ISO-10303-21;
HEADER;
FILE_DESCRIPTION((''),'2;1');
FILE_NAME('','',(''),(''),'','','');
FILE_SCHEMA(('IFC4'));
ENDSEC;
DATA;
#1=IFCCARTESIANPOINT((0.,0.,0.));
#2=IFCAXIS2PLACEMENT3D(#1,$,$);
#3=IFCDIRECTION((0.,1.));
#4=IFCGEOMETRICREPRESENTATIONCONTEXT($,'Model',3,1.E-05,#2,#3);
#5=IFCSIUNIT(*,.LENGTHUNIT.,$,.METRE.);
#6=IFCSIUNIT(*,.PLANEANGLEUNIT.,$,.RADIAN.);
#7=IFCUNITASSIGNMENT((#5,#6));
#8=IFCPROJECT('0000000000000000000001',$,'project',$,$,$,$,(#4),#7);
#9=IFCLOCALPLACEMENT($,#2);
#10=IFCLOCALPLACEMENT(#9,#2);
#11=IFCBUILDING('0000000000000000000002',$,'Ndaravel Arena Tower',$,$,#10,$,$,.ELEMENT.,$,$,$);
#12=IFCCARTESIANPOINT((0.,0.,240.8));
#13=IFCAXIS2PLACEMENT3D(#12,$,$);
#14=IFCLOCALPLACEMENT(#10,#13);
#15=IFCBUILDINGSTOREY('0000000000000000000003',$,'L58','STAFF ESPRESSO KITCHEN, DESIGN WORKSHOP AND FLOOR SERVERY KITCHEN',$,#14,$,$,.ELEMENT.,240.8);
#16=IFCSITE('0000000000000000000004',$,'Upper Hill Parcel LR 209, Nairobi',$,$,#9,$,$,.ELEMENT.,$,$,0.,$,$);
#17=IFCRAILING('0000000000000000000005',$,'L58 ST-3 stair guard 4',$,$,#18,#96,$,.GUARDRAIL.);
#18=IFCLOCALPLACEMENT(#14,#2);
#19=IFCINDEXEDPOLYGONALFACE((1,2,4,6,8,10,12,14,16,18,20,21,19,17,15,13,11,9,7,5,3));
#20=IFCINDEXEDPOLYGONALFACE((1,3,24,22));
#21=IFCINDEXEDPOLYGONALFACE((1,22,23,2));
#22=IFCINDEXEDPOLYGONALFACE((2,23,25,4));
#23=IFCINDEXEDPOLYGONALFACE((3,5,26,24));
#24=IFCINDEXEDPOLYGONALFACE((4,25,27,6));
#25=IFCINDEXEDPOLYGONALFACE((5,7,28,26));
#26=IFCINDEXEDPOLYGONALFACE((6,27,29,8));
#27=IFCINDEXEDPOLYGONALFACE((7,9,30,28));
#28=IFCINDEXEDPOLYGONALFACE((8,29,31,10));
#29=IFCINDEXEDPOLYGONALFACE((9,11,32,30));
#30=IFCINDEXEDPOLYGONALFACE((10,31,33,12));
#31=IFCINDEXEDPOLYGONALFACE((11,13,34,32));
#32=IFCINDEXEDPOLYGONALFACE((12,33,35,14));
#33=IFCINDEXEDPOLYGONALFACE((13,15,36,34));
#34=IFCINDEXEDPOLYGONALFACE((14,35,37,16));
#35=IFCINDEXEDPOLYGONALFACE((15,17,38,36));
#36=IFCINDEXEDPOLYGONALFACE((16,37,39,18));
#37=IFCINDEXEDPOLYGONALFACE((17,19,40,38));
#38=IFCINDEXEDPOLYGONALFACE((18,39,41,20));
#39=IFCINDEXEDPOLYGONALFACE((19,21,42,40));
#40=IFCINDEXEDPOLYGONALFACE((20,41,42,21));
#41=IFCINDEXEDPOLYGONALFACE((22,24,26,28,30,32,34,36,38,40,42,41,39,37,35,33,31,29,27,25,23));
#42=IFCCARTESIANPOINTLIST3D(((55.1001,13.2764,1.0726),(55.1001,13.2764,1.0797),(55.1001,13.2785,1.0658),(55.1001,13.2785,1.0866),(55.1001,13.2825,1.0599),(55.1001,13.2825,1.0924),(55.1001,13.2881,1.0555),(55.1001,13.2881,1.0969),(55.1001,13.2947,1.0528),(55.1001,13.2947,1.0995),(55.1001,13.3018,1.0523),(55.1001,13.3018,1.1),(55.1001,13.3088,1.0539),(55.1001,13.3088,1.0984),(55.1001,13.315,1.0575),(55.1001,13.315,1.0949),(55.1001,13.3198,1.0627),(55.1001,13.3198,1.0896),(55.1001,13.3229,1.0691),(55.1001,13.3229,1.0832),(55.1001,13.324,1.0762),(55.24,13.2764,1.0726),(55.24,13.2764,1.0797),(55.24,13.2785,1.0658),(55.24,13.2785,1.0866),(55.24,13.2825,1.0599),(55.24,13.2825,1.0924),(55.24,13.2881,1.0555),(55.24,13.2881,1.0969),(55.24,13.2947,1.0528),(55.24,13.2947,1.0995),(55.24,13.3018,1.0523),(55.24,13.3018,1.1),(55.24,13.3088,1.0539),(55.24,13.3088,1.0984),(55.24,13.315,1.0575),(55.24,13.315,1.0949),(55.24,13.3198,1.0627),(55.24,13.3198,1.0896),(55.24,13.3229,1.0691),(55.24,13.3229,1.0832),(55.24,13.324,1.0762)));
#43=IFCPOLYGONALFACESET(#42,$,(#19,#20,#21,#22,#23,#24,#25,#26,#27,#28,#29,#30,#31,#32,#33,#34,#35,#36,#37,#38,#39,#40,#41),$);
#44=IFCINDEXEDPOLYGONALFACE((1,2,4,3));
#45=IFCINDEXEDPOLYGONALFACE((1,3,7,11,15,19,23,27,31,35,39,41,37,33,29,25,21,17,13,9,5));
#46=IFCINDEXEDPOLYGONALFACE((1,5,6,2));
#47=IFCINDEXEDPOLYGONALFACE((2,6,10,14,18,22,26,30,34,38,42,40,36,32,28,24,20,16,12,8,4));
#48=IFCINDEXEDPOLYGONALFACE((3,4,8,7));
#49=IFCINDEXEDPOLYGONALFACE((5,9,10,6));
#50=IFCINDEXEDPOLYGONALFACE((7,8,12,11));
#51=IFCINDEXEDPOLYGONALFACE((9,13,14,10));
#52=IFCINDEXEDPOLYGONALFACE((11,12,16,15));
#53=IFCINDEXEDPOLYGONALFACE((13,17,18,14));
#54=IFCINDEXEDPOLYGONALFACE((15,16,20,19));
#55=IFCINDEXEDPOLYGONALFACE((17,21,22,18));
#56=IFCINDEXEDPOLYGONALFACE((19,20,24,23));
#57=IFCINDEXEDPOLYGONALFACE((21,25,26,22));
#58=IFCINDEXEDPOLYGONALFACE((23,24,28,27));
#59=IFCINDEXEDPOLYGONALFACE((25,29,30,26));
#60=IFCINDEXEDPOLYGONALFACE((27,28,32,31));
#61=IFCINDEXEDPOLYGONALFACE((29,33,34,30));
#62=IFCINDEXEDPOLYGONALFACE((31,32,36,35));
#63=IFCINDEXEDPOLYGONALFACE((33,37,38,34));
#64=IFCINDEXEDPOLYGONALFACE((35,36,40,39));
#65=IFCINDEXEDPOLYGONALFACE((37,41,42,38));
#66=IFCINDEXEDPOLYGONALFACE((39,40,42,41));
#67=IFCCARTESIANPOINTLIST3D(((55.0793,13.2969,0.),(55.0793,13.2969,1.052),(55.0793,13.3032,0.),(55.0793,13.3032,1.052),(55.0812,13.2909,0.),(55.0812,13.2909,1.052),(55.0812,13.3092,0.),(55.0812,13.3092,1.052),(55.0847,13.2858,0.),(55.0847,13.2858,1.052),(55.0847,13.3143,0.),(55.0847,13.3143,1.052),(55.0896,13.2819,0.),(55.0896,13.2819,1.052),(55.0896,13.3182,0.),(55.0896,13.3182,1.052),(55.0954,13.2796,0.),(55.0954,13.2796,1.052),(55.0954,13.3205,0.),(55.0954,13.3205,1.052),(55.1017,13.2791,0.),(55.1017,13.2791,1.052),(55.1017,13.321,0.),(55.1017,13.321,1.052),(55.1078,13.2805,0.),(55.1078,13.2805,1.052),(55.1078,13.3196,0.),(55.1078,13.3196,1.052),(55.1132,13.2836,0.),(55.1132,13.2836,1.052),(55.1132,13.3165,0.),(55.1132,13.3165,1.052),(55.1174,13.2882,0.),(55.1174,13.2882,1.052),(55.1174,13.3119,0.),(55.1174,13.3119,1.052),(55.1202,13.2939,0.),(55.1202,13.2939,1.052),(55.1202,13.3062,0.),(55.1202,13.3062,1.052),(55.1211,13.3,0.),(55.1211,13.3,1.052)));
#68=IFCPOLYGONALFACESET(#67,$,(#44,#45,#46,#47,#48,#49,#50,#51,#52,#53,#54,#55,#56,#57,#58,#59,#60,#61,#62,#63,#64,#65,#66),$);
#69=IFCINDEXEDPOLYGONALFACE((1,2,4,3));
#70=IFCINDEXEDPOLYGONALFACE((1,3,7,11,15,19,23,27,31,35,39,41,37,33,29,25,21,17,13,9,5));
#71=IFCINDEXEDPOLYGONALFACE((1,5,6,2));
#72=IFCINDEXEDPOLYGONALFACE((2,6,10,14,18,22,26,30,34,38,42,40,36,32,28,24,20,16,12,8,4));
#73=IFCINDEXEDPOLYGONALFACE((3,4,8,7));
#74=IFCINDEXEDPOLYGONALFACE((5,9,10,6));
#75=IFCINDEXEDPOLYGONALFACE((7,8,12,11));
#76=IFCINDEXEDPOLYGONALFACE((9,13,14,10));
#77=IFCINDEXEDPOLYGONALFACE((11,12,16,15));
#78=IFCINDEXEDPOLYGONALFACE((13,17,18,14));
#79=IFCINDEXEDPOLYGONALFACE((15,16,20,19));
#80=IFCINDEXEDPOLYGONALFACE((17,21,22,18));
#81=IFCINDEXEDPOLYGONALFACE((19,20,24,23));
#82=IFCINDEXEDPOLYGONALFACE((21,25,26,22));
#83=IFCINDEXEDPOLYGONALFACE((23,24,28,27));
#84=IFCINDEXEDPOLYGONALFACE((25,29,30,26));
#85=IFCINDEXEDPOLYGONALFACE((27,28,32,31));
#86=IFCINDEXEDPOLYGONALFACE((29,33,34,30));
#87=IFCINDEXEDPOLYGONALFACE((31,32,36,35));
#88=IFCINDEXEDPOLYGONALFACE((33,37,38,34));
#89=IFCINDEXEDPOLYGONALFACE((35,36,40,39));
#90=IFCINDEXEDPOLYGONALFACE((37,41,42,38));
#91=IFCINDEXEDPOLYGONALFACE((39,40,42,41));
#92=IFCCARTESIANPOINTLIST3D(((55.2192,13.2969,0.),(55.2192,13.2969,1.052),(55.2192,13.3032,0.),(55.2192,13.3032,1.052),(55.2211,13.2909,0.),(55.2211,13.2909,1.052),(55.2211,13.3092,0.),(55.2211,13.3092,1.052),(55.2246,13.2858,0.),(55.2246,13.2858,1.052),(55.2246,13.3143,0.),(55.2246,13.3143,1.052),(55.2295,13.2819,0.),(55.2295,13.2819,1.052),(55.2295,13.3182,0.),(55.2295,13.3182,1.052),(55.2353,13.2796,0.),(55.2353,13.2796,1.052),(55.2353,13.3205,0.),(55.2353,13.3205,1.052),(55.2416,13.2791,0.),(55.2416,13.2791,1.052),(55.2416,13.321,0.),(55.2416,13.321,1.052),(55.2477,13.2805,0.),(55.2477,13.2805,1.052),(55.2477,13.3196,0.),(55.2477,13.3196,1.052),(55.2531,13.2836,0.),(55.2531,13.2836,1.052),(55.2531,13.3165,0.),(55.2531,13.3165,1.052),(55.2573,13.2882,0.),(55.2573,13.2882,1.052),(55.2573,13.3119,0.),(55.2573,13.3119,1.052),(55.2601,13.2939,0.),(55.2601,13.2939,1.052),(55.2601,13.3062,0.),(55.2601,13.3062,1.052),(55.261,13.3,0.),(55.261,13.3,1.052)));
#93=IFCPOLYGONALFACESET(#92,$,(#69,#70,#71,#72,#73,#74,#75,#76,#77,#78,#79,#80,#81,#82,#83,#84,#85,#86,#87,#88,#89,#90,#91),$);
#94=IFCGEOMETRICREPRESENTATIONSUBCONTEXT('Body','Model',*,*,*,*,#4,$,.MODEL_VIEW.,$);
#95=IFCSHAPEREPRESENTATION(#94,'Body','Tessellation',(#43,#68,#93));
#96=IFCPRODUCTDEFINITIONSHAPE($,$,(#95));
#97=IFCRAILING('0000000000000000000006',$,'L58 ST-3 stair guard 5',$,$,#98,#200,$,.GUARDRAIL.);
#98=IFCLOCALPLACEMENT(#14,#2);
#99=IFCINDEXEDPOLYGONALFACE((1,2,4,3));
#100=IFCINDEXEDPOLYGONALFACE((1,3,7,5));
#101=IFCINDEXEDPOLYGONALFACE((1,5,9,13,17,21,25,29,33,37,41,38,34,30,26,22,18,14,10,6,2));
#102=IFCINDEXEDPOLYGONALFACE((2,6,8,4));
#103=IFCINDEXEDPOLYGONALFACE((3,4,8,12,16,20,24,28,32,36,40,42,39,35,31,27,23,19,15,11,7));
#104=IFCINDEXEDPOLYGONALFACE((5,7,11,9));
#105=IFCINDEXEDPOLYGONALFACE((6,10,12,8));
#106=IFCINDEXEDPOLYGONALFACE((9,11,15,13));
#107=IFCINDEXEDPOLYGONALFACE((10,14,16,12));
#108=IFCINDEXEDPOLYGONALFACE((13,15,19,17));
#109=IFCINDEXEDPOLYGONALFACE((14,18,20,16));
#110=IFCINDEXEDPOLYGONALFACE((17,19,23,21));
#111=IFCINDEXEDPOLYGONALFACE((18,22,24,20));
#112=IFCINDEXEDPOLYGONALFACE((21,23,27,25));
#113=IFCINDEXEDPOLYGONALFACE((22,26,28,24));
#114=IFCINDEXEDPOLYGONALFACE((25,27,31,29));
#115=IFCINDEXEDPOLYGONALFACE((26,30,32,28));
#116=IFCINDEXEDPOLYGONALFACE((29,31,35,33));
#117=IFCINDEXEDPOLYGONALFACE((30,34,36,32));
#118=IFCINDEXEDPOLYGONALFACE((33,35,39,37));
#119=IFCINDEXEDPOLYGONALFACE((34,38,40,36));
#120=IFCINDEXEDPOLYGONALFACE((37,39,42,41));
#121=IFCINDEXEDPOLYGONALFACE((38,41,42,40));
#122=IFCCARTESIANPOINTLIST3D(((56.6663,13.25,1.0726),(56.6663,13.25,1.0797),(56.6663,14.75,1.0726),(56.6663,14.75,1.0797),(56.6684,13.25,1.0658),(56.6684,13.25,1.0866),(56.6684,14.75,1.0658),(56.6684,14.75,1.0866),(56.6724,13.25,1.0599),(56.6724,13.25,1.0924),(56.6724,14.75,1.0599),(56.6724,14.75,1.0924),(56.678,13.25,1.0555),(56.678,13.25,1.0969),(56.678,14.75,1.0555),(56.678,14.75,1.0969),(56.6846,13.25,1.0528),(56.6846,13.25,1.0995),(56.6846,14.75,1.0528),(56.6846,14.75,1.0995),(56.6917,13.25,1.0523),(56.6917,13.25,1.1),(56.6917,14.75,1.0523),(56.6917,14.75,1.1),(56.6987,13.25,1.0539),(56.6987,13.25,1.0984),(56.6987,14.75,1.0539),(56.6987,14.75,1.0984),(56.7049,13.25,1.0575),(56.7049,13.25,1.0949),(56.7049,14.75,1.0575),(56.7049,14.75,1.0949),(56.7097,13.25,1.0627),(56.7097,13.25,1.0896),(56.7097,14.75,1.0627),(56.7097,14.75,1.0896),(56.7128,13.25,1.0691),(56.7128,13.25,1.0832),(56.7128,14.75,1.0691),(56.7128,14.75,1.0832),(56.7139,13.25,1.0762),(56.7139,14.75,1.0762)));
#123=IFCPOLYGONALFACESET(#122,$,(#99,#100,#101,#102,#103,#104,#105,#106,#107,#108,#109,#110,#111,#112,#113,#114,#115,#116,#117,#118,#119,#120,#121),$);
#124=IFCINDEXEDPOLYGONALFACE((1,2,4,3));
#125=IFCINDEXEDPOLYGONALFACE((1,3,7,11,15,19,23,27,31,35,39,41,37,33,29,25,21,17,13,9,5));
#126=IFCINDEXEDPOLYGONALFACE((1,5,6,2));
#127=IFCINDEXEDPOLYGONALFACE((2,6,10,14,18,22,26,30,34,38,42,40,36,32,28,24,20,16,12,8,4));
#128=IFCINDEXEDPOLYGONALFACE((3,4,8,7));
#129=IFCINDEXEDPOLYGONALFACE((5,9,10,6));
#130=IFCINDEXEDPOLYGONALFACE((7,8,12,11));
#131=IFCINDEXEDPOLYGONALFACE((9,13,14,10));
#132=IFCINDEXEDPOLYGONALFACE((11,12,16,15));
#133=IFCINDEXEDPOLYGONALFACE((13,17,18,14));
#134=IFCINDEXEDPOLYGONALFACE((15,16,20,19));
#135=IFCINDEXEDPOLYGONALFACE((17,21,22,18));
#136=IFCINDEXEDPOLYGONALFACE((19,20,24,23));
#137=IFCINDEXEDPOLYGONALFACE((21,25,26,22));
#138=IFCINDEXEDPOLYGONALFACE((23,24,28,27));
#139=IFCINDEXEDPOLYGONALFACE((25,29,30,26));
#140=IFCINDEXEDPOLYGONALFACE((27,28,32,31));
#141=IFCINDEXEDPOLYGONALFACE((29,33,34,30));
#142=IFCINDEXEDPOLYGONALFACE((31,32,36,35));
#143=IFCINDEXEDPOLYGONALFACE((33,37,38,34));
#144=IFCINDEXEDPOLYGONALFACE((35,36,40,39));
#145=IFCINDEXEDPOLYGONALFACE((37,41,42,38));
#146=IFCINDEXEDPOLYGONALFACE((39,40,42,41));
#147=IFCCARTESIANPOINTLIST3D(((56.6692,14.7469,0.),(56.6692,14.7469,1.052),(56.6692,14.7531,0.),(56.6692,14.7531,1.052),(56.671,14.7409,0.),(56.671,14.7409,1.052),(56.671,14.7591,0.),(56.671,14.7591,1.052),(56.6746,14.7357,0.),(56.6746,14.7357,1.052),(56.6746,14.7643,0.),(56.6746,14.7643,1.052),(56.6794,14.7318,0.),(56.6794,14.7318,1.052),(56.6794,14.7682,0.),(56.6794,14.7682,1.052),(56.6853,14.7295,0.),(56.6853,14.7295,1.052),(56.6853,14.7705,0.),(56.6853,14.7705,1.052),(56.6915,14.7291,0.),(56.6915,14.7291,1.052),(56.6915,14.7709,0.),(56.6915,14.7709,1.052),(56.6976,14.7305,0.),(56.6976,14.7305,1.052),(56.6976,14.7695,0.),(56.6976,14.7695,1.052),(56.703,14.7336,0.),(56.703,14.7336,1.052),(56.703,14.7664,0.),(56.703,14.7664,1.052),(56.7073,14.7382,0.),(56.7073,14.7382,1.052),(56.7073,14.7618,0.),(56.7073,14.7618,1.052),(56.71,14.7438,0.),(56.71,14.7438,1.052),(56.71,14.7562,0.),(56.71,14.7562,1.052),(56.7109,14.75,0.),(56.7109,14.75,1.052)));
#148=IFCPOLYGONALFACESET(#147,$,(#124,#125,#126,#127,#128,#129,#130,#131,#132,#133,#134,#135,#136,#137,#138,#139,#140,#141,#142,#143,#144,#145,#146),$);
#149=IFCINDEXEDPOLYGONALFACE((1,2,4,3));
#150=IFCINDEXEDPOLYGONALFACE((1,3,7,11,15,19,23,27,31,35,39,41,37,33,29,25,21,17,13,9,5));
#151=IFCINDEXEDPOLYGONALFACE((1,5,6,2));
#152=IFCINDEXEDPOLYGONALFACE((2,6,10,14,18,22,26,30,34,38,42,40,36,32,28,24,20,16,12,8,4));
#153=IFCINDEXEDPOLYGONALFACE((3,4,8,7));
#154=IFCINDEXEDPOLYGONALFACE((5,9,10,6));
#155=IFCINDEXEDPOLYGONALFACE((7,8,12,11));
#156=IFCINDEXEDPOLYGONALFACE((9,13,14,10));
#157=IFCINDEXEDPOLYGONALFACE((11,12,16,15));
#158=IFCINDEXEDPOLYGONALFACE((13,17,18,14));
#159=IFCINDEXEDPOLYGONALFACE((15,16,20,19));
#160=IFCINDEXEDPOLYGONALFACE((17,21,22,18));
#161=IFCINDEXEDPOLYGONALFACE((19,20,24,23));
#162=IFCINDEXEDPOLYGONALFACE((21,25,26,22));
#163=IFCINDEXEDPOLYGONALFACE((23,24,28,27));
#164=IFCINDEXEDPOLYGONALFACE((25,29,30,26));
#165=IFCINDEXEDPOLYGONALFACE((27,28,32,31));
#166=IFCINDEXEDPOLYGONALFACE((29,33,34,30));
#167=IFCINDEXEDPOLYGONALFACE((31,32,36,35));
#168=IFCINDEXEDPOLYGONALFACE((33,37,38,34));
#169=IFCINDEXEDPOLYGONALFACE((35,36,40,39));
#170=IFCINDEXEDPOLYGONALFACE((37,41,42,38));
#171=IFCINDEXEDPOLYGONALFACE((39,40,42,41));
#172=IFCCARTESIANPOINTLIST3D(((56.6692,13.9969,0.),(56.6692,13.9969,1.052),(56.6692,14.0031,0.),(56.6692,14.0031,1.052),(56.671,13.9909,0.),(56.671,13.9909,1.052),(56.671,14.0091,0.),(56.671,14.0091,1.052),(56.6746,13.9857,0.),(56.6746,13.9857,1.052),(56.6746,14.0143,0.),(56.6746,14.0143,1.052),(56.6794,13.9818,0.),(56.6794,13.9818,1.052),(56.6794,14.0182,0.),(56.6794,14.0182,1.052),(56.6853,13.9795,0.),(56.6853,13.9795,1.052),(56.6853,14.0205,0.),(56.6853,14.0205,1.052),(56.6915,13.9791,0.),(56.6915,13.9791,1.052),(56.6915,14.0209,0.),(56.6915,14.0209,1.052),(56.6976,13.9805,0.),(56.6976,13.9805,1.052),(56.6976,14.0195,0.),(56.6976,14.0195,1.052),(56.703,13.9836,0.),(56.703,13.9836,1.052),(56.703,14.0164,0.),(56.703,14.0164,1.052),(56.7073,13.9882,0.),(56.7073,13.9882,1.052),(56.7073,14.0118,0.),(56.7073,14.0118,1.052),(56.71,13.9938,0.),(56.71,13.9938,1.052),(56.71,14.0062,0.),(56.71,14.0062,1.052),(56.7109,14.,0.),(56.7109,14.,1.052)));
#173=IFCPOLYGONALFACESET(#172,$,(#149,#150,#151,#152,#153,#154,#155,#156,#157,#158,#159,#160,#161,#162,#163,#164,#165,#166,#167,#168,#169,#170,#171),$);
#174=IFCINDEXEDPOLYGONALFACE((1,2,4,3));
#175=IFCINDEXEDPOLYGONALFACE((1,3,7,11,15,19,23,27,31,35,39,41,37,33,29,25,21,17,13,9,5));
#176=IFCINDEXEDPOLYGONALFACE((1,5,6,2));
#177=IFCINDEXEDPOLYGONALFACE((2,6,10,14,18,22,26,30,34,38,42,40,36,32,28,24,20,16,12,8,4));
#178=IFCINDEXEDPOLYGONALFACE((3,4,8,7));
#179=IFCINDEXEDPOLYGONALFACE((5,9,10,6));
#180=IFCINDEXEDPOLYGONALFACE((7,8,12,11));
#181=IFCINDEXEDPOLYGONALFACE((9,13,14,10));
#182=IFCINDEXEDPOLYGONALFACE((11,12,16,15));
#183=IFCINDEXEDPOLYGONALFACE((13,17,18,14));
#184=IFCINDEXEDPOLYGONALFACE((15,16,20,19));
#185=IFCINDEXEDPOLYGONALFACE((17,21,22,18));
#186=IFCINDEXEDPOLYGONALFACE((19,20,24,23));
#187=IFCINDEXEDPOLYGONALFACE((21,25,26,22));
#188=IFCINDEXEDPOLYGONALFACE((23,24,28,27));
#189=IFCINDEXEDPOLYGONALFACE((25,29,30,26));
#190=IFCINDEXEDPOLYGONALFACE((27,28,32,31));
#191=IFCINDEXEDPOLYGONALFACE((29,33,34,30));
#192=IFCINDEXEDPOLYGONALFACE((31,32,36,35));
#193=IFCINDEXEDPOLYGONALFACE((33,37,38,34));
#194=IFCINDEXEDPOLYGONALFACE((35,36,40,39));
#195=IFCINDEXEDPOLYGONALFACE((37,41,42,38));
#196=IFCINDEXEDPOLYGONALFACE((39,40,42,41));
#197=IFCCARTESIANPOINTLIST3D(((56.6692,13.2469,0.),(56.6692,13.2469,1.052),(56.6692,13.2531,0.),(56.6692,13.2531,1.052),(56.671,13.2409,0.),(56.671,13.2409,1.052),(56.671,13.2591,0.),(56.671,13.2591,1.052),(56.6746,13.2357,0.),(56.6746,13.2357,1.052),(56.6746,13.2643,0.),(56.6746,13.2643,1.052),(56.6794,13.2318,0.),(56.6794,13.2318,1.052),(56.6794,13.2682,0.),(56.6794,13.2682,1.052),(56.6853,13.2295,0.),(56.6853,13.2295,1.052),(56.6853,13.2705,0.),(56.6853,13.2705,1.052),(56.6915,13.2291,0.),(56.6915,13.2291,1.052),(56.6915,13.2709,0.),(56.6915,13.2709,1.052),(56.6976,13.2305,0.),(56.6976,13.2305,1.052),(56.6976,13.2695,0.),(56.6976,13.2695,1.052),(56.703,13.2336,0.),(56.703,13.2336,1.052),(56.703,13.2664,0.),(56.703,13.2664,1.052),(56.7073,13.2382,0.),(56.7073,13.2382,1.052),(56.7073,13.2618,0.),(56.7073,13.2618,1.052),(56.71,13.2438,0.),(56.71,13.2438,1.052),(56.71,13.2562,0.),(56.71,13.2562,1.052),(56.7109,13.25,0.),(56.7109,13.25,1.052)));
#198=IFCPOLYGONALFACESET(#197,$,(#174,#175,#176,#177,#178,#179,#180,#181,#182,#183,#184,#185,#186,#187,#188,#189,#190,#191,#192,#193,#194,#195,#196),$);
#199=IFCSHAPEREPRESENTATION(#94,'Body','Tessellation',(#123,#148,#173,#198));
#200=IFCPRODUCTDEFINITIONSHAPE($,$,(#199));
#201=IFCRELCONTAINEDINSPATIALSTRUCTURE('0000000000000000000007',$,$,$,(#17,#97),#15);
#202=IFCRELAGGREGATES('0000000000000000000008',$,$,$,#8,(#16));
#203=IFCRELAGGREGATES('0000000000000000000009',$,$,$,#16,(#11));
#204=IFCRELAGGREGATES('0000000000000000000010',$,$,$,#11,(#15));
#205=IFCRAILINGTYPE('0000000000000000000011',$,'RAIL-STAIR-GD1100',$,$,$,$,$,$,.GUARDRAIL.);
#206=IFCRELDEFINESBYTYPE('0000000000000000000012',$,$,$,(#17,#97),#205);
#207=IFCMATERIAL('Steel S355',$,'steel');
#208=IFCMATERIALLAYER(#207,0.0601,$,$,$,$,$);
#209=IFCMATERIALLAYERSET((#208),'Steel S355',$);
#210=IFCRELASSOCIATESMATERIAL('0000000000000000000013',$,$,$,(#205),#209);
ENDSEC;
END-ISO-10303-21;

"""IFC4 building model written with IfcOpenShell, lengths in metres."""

from ifc_helpers import new_model, si_unit, direction, frame, origin, origin_2d, place, context, subcontext, project, spatial, circle, extrude, material, layer, layer_set, type_object, element, save


model = new_model("IFC4")

# Units and contexts
model_context = context("Model", 3, precision=1e-05, world=origin(), true_north=direction((0.0, 1.0)))
body_context = subcontext(model_context, "Body", "Model", "MODEL_VIEW")
ifc_project = project(units=[si_unit("LENGTHUNIT", "METRE"), si_unit("PLANEANGLEUNIT", "RADIAN")], contexts=[model_context])

# Site, building, storey
site_placement = place(None, origin())
site = spatial("IfcSite", under=ifc_project, at=site_placement, Name="Upper Hill Parcel LR 209, Nairobi", CompositionType="ELEMENT", RefElevation=0.0)
building_placement = place(site_placement, origin())
building = spatial("IfcBuilding", under=site, at=building_placement, Name="Ndaravel Arena Tower", CompositionType="ELEMENT")
storey_placement = place(building_placement, frame((0.0, 0.0, 240.8)))
storey = spatial("IfcBuildingStorey", under=building, at=storey_placement, Name="L58", Description="STAFF ESPRESSO KITCHEN, DESIGN WORKSHOP AND FLOOR SERVERY KITCHEN", CompositionType="ELEMENT", Elevation=240.8)

# Railings
ifc_material_1 = material(Name="Steel S355", Category="steel")
ifc_layer_1 = layer(ifc_material_1, 0.0601)
ifc_layer_set_1 = layer_set([ifc_layer_1], Name="Steel S355")
railing_type = type_object("IfcRailingType", Name="RAIL-STAIR-GD1100", PredefinedType="GUARDRAIL", material=ifc_layer_set_1)
railing_1_placement = place(storey_placement, frame((55.1001, 13.3, 0.0)))
element("IfcRailing", 1, at=railing_1_placement, inside=storey, type_object=railing_type, Name="L58 ST-3 stair guard 4", PredefinedType="GUARDRAIL", context=body_context, shape_type="SweptSolid", body=[
    extrude(circle(Radius=0.0239, at=origin_2d()), frame((0.0, 0.0, 1.0762), z_axis=(1.0, 0.0, 0.0), x_axis=(0.0, 1.0, 0.0)), (0.0, 0.0, 1.0), 0.1399),
    extrude(circle(Radius=0.021, at=origin_2d()), origin(), (0.0, 0.0, 1.0), 1.052),
    extrude(circle(Radius=0.021, at=origin_2d()), frame((0.1399, 0.0, 0.0)), (0.0, 0.0, 1.0), 1.052),
])
railing_2_placement = place(storey_placement, frame((56.6899, 14.75, 0.0)))
element("IfcRailing", 2, at=railing_2_placement, inside=storey, type_object=railing_type, Name="L58 ST-3 stair guard 5", PredefinedType="GUARDRAIL", context=body_context, shape_type="SweptSolid", body=[
    extrude(circle(Radius=0.0239, at=origin_2d()), frame((0.0, 0.0, 1.0762), z_axis=(0.0, -1.0, 0.0), x_axis=(1.0, 0.0, 0.0)), (0.0, 0.0, 1.0), 1.5),
    extrude(circle(Radius=0.021, at=origin_2d()), origin(), (0.0, 0.0, 1.0), 1.052),
    extrude(circle(Radius=0.021, at=origin_2d()), frame((0.0, -0.75, 0.0)), (0.0, 0.0, 1.0), 1.052),
    extrude(circle(Radius=0.021, at=origin_2d()), frame((0.0, -1.5, 0.0)), (0.0, 0.0, 1.0), 1.052),
])

save(model, "model.ifc")
